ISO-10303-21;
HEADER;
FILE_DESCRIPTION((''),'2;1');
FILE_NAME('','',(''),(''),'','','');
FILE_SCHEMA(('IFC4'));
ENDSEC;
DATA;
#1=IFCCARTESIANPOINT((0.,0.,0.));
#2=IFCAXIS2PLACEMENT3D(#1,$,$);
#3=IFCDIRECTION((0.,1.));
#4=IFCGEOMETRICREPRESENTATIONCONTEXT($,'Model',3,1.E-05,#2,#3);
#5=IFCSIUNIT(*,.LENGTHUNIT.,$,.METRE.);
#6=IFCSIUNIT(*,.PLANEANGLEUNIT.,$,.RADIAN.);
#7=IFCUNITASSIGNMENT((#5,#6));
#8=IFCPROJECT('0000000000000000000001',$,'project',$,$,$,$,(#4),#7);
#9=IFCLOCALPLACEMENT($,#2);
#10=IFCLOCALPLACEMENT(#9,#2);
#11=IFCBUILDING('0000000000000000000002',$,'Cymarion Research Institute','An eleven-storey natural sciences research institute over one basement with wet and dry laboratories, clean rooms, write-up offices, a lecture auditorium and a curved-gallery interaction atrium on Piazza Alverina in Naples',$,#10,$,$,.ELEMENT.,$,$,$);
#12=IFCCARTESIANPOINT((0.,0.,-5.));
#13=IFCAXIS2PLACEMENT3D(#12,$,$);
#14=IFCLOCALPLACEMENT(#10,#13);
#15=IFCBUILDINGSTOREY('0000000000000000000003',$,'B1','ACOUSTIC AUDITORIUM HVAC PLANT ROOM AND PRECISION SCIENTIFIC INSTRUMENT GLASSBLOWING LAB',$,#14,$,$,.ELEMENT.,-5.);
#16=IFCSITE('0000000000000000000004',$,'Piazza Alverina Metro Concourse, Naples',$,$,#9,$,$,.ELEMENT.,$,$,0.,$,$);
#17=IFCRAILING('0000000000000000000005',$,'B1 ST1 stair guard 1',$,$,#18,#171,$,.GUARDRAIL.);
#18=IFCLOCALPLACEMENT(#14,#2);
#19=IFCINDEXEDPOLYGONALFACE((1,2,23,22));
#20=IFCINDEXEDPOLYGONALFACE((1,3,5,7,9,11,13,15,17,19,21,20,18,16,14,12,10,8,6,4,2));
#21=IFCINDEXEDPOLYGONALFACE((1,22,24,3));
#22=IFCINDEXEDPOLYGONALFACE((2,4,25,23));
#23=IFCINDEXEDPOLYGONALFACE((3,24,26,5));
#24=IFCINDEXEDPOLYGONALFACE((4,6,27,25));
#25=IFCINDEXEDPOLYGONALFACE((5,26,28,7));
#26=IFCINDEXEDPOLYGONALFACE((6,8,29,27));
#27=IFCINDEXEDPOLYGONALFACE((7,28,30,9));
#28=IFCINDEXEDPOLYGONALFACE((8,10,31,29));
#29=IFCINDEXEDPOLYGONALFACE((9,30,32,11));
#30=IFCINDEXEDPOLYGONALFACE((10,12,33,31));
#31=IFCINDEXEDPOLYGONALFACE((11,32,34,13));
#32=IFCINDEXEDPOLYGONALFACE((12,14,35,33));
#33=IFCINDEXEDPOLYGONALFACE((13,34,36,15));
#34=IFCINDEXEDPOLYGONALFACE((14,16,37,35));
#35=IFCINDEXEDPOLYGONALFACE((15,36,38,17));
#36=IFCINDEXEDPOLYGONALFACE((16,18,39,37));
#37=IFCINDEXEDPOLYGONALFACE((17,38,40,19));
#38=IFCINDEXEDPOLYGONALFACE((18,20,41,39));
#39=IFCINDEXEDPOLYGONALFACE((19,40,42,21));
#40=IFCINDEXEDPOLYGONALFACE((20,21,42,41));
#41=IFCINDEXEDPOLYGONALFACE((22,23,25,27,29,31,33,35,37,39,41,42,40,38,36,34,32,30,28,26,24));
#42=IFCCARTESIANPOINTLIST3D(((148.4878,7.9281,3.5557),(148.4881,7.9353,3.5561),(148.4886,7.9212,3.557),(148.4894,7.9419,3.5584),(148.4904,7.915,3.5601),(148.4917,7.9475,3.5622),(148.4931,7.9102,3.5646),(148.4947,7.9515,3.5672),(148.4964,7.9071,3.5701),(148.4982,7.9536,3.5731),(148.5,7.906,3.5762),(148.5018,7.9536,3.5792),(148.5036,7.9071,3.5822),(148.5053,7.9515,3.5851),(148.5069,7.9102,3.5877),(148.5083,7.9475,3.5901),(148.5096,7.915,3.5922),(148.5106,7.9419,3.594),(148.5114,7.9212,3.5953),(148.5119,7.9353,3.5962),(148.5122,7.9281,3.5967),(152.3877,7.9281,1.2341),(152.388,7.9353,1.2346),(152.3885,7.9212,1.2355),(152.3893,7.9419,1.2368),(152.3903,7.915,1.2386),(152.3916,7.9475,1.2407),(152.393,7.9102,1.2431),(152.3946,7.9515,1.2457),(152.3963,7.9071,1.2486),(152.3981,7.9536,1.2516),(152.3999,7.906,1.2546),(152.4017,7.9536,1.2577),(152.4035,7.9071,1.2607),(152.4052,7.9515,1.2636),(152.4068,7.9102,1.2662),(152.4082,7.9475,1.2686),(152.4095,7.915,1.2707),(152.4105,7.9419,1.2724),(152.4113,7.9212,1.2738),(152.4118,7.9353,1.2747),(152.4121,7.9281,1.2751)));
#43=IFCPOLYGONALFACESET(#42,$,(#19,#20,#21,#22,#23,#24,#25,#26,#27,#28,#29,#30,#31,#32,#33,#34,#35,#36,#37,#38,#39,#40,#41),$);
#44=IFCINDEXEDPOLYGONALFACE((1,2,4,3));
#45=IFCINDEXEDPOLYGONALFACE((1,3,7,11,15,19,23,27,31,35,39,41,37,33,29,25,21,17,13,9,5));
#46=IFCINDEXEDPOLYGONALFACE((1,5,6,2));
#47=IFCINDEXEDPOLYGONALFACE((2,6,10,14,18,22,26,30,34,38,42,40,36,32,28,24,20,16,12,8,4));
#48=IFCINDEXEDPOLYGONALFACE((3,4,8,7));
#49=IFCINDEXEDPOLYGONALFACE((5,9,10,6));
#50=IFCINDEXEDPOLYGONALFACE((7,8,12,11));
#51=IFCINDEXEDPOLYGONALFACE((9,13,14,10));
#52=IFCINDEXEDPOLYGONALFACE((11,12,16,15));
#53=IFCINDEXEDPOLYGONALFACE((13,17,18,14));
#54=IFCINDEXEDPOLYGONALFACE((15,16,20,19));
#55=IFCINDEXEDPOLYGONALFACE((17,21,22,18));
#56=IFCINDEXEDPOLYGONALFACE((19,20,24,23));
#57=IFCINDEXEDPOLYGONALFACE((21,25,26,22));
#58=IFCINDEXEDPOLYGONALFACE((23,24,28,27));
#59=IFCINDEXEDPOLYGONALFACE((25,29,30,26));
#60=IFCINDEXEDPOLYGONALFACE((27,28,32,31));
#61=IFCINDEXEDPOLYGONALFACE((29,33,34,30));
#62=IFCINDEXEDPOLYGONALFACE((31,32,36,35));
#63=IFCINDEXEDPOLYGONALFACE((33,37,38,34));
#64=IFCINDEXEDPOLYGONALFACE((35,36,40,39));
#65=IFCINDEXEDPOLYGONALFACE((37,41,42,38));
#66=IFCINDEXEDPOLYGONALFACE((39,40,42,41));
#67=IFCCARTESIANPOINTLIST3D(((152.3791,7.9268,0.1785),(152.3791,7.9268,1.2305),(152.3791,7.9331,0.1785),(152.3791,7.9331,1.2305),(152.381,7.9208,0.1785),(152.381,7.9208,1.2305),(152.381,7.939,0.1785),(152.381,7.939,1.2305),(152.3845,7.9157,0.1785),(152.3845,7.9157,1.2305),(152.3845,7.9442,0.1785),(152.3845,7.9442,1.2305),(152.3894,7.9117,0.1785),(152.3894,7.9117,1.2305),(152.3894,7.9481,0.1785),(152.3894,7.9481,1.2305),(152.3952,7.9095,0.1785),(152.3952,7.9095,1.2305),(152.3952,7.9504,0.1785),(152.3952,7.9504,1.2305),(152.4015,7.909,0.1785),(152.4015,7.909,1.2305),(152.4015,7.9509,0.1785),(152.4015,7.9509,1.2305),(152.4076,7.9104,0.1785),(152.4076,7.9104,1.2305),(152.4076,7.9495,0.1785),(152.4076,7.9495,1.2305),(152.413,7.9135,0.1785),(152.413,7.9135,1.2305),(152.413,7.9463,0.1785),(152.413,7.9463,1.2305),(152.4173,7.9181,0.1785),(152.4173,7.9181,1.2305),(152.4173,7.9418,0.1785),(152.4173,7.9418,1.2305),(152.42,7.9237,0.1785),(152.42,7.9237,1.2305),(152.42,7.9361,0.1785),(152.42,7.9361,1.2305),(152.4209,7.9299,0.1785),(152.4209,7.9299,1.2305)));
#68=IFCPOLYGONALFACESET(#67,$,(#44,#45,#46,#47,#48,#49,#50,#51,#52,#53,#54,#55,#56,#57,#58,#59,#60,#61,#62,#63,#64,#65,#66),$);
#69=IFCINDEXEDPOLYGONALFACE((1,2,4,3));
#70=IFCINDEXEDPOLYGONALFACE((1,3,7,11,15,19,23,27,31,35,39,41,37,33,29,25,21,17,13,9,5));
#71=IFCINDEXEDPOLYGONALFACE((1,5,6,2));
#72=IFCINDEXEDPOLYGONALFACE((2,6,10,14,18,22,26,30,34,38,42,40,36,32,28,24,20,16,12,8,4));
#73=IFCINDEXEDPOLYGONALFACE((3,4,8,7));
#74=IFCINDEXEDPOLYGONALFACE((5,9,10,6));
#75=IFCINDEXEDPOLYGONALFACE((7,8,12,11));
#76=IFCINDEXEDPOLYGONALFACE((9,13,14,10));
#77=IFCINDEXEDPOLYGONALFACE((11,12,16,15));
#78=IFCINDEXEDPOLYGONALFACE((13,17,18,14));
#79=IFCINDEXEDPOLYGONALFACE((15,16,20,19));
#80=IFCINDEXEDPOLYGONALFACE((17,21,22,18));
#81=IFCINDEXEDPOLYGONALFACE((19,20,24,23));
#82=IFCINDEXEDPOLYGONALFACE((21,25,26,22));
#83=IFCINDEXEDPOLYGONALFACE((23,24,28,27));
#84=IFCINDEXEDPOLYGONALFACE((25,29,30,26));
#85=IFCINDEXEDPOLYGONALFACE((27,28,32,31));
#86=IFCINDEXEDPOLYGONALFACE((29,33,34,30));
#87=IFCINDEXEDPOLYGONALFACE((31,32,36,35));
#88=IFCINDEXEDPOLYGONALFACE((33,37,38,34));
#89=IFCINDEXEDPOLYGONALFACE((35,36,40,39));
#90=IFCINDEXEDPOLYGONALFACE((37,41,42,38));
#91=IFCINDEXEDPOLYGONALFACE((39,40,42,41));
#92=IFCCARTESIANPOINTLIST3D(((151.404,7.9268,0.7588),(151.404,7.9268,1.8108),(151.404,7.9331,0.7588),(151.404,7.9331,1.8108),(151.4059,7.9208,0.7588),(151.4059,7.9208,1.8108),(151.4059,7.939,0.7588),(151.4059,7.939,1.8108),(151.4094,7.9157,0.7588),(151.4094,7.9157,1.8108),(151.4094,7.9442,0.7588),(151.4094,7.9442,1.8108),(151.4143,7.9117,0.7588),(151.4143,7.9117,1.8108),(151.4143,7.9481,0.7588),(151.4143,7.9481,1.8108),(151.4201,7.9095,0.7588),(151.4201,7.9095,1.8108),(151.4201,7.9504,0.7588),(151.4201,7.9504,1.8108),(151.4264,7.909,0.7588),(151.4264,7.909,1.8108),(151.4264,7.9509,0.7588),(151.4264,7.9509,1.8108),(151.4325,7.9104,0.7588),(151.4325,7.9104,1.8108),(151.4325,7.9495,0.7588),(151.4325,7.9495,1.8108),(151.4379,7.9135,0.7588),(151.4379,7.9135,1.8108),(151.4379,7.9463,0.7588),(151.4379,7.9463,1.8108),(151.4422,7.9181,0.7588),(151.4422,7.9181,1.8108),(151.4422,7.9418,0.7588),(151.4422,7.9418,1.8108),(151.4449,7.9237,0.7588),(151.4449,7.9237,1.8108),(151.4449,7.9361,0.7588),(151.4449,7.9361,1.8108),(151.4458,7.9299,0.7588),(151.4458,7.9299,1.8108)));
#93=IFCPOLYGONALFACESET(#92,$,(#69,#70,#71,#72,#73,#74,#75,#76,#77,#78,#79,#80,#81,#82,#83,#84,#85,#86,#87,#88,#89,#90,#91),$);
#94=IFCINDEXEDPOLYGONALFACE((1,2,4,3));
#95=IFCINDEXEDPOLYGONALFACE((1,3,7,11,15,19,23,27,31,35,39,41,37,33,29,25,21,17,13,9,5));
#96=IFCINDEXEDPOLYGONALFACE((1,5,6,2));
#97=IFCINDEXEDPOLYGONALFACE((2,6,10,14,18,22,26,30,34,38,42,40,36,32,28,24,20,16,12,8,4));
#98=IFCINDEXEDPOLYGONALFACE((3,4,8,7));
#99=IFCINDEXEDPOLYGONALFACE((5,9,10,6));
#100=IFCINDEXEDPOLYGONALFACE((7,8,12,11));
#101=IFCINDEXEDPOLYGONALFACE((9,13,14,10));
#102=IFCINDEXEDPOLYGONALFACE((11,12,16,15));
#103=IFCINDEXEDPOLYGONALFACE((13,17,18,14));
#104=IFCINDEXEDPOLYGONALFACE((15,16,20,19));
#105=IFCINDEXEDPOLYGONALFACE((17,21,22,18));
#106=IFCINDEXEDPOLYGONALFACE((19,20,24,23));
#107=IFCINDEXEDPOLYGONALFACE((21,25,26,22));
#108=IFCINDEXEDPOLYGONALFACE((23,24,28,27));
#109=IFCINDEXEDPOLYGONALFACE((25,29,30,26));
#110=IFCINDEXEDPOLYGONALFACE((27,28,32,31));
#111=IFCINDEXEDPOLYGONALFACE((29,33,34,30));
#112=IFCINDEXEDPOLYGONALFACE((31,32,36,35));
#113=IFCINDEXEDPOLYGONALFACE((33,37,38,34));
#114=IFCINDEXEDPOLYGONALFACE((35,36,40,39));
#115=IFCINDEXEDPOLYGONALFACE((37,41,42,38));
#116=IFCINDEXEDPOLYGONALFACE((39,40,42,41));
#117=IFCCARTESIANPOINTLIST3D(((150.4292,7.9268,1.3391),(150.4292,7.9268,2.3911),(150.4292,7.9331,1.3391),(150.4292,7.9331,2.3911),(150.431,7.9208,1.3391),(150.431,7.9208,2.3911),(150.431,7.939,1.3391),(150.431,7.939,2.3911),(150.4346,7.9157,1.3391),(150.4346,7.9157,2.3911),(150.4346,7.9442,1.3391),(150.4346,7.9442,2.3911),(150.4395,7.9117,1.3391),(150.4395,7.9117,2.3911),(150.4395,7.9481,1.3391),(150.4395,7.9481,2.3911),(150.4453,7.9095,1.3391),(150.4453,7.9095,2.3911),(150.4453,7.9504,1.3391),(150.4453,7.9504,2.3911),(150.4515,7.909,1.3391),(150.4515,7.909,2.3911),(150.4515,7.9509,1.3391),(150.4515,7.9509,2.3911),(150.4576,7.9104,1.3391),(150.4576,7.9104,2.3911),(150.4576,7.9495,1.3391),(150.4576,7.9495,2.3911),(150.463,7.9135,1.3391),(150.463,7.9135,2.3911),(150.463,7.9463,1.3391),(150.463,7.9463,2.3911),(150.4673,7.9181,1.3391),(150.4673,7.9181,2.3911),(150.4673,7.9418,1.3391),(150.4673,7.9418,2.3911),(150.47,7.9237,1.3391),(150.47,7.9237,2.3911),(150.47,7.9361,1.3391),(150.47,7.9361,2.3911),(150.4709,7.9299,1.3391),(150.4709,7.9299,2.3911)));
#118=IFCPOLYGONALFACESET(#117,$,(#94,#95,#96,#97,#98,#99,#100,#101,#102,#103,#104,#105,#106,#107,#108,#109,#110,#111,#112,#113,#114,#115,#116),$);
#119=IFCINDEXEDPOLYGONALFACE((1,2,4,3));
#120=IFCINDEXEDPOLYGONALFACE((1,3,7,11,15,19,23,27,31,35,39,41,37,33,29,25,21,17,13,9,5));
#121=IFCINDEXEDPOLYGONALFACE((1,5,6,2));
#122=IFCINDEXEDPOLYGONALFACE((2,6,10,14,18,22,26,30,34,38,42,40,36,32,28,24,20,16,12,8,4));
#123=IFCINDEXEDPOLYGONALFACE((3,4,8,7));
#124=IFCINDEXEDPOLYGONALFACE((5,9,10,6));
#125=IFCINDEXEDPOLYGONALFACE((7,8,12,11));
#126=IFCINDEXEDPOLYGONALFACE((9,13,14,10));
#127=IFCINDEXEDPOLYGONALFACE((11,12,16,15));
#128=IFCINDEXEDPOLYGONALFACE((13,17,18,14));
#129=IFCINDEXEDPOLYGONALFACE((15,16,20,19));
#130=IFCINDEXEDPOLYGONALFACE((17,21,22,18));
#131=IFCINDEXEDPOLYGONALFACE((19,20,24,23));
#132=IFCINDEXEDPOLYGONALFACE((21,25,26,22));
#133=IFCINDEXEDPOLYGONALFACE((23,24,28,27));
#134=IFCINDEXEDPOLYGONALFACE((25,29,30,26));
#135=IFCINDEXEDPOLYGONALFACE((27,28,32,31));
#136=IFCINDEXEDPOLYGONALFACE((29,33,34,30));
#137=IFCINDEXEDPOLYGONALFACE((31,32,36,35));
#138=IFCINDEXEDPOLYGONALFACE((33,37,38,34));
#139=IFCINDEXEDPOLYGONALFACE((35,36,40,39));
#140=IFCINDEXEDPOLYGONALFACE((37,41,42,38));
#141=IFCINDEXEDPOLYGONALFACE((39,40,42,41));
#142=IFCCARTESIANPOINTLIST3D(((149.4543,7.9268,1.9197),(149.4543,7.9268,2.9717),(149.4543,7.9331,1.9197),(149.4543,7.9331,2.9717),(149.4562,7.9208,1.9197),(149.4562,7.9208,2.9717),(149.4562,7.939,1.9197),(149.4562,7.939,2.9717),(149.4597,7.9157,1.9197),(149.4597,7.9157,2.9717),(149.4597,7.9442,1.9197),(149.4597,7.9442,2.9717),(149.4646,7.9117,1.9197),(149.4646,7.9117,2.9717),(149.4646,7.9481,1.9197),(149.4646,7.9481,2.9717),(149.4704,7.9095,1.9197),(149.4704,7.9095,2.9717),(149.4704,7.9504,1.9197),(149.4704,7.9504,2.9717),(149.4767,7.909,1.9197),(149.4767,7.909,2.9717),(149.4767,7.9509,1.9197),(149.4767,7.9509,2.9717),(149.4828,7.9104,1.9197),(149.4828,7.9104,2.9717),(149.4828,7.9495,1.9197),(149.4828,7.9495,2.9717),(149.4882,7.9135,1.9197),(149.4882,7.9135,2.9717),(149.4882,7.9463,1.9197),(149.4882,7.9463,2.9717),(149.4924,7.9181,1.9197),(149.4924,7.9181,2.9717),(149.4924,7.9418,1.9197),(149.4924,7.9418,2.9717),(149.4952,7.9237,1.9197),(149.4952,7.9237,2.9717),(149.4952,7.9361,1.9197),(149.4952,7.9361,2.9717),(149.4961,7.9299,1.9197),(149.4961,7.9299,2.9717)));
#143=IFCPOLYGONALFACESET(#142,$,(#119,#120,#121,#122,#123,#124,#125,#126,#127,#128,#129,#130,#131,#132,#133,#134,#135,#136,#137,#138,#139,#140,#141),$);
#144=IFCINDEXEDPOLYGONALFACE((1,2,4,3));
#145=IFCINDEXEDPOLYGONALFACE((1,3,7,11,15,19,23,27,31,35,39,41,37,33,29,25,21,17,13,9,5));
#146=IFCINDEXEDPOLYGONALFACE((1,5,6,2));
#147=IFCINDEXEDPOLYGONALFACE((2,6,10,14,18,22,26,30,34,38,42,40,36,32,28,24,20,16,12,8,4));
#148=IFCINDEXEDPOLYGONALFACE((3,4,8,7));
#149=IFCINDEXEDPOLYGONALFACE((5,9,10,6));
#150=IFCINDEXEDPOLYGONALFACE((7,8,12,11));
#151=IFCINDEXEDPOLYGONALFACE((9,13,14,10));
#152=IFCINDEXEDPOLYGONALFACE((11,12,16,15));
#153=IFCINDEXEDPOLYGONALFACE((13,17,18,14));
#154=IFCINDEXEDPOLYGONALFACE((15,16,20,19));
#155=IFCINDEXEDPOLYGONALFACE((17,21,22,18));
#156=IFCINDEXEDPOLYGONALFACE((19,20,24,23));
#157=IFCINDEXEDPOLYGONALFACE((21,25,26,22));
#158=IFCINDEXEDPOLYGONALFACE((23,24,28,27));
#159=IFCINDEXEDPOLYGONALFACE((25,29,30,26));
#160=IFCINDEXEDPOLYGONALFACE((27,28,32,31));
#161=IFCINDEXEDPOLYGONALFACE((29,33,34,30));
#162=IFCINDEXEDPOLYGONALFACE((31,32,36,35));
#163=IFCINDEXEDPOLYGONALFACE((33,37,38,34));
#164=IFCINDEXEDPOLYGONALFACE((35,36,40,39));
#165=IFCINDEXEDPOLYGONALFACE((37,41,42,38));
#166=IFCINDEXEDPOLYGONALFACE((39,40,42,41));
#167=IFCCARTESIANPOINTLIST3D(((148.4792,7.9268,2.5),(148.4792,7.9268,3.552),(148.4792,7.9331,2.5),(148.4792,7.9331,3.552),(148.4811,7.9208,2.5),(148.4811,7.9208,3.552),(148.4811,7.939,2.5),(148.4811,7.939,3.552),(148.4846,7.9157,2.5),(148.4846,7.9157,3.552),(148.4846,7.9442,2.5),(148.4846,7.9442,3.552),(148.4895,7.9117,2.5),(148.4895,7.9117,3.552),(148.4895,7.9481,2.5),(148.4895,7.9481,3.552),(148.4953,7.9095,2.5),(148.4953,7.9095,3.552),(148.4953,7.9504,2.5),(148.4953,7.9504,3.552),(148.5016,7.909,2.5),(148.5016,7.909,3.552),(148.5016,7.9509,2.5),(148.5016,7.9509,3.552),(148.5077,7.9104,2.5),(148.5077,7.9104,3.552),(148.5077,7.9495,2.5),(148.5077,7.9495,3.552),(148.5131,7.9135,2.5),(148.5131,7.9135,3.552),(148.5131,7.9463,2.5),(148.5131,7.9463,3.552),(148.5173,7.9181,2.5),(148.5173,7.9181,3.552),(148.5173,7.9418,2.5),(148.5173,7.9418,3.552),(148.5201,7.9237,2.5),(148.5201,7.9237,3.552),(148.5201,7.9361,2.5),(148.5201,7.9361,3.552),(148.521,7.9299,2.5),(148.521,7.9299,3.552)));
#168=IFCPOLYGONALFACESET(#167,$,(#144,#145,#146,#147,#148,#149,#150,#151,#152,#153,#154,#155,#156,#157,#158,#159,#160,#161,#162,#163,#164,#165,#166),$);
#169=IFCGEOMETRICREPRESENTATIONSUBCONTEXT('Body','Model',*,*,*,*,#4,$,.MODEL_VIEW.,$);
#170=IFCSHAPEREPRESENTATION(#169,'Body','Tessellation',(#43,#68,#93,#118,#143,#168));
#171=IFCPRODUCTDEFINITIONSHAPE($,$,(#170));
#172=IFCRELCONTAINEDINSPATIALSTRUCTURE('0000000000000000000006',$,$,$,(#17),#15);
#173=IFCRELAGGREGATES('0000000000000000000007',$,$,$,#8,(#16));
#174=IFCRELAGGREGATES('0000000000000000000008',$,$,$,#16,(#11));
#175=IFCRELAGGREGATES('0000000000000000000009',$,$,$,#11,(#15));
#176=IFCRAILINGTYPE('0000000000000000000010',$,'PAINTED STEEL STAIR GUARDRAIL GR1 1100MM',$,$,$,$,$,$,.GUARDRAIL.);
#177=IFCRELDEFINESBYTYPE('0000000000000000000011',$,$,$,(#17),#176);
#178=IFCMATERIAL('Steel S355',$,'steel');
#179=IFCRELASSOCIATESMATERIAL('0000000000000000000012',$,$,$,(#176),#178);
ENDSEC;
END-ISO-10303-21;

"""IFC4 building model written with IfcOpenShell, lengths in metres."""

from ifc_helpers import new_model, si_unit, direction, frame, origin, origin_2d, place, context, subcontext, project, spatial, circle, extrude, material, type_object, element, save


model = new_model("IFC4")

# Units and contexts
model_context = context("Model", 3, precision=1e-05, world=origin(), true_north=direction((0.0, 1.0)))
body_context = subcontext(model_context, "Body", "Model", "MODEL_VIEW")
ifc_project = project(units=[si_unit("LENGTHUNIT", "METRE"), si_unit("PLANEANGLEUNIT", "RADIAN")], contexts=[model_context])

# Site, building, storey
site_placement = place(None, origin())
site = spatial("IfcSite", under=ifc_project, at=site_placement, Name="Piazza Alverina Metro Concourse, Naples", CompositionType="ELEMENT", RefElevation=0.0)
building_placement = place(site_placement, origin())
building = spatial("IfcBuilding", under=site, at=building_placement, Name="Cymarion Research Institute", Description="An eleven-storey natural sciences research institute over one basement with wet and dry laboratories, clean rooms, write-up offices, a lecture auditorium and a curved-gallery interaction atrium on Piazza Alverina in Naples", CompositionType="ELEMENT")
storey_placement = place(building_placement, frame((0.0, 0.0, -5.0)))
storey = spatial("IfcBuildingStorey", under=building, at=storey_placement, Name="B1", Description="ACOUSTIC AUDITORIUM HVAC PLANT ROOM AND PRECISION SCIENTIFIC INSTRUMENT GLASSBLOWING LAB", CompositionType="ELEMENT", Elevation=-5.0)

# Shared definitions
ifc_material_1 = material(Name="Steel S355", Category="steel")

# Railing
railing_type_1 = type_object("IfcRailingType", Name="PAINTED STEEL STAIR GUARDRAIL GR1 1100MM", PredefinedType="GUARDRAIL", material=ifc_material_1)
railing_1_placement = place(storey_placement, frame((152.3999, 7.9299, 0.1785)))
element("IfcRailing", 1, at=railing_1_placement, inside=storey, type_object=railing_type_1, Name="B1 ST1 stair guard 1", PredefinedType="GUARDRAIL", context=body_context, shape_type="SweptSolid", body=[
    extrude(circle(Radius=0.0239, at=origin_2d()), frame((0.0, 0.0, 1.0762), z_axis=(-0.859277, 0.0, 0.51151), x_axis=(0.0, -1.0, 0.0)), (0.0, 0.0, 1.0), 4.5386),
    extrude(circle(Radius=0.021, at=origin_2d()), origin(), (0.0, 0.0, 1.0), 1.052),
    extrude(circle(Radius=0.021, at=origin_2d()), frame((-0.9751, 0.0, 0.5803)), (0.0, 0.0, 1.0), 1.052),
    extrude(circle(Radius=0.021, at=origin_2d()), frame((-1.95, 0.0, 1.1606)), (0.0, 0.0, 1.0), 1.052),
    extrude(circle(Radius=0.021, at=origin_2d()), frame((-2.9248, 0.0, 1.7412)), (0.0, 0.0, 1.0), 1.052),
    extrude(circle(Radius=0.021, at=origin_2d()), frame((-3.8999, 0.0, 2.3215)), (0.0, 0.0, 1.0), 1.052),
])

save(model, "model.ifc")
